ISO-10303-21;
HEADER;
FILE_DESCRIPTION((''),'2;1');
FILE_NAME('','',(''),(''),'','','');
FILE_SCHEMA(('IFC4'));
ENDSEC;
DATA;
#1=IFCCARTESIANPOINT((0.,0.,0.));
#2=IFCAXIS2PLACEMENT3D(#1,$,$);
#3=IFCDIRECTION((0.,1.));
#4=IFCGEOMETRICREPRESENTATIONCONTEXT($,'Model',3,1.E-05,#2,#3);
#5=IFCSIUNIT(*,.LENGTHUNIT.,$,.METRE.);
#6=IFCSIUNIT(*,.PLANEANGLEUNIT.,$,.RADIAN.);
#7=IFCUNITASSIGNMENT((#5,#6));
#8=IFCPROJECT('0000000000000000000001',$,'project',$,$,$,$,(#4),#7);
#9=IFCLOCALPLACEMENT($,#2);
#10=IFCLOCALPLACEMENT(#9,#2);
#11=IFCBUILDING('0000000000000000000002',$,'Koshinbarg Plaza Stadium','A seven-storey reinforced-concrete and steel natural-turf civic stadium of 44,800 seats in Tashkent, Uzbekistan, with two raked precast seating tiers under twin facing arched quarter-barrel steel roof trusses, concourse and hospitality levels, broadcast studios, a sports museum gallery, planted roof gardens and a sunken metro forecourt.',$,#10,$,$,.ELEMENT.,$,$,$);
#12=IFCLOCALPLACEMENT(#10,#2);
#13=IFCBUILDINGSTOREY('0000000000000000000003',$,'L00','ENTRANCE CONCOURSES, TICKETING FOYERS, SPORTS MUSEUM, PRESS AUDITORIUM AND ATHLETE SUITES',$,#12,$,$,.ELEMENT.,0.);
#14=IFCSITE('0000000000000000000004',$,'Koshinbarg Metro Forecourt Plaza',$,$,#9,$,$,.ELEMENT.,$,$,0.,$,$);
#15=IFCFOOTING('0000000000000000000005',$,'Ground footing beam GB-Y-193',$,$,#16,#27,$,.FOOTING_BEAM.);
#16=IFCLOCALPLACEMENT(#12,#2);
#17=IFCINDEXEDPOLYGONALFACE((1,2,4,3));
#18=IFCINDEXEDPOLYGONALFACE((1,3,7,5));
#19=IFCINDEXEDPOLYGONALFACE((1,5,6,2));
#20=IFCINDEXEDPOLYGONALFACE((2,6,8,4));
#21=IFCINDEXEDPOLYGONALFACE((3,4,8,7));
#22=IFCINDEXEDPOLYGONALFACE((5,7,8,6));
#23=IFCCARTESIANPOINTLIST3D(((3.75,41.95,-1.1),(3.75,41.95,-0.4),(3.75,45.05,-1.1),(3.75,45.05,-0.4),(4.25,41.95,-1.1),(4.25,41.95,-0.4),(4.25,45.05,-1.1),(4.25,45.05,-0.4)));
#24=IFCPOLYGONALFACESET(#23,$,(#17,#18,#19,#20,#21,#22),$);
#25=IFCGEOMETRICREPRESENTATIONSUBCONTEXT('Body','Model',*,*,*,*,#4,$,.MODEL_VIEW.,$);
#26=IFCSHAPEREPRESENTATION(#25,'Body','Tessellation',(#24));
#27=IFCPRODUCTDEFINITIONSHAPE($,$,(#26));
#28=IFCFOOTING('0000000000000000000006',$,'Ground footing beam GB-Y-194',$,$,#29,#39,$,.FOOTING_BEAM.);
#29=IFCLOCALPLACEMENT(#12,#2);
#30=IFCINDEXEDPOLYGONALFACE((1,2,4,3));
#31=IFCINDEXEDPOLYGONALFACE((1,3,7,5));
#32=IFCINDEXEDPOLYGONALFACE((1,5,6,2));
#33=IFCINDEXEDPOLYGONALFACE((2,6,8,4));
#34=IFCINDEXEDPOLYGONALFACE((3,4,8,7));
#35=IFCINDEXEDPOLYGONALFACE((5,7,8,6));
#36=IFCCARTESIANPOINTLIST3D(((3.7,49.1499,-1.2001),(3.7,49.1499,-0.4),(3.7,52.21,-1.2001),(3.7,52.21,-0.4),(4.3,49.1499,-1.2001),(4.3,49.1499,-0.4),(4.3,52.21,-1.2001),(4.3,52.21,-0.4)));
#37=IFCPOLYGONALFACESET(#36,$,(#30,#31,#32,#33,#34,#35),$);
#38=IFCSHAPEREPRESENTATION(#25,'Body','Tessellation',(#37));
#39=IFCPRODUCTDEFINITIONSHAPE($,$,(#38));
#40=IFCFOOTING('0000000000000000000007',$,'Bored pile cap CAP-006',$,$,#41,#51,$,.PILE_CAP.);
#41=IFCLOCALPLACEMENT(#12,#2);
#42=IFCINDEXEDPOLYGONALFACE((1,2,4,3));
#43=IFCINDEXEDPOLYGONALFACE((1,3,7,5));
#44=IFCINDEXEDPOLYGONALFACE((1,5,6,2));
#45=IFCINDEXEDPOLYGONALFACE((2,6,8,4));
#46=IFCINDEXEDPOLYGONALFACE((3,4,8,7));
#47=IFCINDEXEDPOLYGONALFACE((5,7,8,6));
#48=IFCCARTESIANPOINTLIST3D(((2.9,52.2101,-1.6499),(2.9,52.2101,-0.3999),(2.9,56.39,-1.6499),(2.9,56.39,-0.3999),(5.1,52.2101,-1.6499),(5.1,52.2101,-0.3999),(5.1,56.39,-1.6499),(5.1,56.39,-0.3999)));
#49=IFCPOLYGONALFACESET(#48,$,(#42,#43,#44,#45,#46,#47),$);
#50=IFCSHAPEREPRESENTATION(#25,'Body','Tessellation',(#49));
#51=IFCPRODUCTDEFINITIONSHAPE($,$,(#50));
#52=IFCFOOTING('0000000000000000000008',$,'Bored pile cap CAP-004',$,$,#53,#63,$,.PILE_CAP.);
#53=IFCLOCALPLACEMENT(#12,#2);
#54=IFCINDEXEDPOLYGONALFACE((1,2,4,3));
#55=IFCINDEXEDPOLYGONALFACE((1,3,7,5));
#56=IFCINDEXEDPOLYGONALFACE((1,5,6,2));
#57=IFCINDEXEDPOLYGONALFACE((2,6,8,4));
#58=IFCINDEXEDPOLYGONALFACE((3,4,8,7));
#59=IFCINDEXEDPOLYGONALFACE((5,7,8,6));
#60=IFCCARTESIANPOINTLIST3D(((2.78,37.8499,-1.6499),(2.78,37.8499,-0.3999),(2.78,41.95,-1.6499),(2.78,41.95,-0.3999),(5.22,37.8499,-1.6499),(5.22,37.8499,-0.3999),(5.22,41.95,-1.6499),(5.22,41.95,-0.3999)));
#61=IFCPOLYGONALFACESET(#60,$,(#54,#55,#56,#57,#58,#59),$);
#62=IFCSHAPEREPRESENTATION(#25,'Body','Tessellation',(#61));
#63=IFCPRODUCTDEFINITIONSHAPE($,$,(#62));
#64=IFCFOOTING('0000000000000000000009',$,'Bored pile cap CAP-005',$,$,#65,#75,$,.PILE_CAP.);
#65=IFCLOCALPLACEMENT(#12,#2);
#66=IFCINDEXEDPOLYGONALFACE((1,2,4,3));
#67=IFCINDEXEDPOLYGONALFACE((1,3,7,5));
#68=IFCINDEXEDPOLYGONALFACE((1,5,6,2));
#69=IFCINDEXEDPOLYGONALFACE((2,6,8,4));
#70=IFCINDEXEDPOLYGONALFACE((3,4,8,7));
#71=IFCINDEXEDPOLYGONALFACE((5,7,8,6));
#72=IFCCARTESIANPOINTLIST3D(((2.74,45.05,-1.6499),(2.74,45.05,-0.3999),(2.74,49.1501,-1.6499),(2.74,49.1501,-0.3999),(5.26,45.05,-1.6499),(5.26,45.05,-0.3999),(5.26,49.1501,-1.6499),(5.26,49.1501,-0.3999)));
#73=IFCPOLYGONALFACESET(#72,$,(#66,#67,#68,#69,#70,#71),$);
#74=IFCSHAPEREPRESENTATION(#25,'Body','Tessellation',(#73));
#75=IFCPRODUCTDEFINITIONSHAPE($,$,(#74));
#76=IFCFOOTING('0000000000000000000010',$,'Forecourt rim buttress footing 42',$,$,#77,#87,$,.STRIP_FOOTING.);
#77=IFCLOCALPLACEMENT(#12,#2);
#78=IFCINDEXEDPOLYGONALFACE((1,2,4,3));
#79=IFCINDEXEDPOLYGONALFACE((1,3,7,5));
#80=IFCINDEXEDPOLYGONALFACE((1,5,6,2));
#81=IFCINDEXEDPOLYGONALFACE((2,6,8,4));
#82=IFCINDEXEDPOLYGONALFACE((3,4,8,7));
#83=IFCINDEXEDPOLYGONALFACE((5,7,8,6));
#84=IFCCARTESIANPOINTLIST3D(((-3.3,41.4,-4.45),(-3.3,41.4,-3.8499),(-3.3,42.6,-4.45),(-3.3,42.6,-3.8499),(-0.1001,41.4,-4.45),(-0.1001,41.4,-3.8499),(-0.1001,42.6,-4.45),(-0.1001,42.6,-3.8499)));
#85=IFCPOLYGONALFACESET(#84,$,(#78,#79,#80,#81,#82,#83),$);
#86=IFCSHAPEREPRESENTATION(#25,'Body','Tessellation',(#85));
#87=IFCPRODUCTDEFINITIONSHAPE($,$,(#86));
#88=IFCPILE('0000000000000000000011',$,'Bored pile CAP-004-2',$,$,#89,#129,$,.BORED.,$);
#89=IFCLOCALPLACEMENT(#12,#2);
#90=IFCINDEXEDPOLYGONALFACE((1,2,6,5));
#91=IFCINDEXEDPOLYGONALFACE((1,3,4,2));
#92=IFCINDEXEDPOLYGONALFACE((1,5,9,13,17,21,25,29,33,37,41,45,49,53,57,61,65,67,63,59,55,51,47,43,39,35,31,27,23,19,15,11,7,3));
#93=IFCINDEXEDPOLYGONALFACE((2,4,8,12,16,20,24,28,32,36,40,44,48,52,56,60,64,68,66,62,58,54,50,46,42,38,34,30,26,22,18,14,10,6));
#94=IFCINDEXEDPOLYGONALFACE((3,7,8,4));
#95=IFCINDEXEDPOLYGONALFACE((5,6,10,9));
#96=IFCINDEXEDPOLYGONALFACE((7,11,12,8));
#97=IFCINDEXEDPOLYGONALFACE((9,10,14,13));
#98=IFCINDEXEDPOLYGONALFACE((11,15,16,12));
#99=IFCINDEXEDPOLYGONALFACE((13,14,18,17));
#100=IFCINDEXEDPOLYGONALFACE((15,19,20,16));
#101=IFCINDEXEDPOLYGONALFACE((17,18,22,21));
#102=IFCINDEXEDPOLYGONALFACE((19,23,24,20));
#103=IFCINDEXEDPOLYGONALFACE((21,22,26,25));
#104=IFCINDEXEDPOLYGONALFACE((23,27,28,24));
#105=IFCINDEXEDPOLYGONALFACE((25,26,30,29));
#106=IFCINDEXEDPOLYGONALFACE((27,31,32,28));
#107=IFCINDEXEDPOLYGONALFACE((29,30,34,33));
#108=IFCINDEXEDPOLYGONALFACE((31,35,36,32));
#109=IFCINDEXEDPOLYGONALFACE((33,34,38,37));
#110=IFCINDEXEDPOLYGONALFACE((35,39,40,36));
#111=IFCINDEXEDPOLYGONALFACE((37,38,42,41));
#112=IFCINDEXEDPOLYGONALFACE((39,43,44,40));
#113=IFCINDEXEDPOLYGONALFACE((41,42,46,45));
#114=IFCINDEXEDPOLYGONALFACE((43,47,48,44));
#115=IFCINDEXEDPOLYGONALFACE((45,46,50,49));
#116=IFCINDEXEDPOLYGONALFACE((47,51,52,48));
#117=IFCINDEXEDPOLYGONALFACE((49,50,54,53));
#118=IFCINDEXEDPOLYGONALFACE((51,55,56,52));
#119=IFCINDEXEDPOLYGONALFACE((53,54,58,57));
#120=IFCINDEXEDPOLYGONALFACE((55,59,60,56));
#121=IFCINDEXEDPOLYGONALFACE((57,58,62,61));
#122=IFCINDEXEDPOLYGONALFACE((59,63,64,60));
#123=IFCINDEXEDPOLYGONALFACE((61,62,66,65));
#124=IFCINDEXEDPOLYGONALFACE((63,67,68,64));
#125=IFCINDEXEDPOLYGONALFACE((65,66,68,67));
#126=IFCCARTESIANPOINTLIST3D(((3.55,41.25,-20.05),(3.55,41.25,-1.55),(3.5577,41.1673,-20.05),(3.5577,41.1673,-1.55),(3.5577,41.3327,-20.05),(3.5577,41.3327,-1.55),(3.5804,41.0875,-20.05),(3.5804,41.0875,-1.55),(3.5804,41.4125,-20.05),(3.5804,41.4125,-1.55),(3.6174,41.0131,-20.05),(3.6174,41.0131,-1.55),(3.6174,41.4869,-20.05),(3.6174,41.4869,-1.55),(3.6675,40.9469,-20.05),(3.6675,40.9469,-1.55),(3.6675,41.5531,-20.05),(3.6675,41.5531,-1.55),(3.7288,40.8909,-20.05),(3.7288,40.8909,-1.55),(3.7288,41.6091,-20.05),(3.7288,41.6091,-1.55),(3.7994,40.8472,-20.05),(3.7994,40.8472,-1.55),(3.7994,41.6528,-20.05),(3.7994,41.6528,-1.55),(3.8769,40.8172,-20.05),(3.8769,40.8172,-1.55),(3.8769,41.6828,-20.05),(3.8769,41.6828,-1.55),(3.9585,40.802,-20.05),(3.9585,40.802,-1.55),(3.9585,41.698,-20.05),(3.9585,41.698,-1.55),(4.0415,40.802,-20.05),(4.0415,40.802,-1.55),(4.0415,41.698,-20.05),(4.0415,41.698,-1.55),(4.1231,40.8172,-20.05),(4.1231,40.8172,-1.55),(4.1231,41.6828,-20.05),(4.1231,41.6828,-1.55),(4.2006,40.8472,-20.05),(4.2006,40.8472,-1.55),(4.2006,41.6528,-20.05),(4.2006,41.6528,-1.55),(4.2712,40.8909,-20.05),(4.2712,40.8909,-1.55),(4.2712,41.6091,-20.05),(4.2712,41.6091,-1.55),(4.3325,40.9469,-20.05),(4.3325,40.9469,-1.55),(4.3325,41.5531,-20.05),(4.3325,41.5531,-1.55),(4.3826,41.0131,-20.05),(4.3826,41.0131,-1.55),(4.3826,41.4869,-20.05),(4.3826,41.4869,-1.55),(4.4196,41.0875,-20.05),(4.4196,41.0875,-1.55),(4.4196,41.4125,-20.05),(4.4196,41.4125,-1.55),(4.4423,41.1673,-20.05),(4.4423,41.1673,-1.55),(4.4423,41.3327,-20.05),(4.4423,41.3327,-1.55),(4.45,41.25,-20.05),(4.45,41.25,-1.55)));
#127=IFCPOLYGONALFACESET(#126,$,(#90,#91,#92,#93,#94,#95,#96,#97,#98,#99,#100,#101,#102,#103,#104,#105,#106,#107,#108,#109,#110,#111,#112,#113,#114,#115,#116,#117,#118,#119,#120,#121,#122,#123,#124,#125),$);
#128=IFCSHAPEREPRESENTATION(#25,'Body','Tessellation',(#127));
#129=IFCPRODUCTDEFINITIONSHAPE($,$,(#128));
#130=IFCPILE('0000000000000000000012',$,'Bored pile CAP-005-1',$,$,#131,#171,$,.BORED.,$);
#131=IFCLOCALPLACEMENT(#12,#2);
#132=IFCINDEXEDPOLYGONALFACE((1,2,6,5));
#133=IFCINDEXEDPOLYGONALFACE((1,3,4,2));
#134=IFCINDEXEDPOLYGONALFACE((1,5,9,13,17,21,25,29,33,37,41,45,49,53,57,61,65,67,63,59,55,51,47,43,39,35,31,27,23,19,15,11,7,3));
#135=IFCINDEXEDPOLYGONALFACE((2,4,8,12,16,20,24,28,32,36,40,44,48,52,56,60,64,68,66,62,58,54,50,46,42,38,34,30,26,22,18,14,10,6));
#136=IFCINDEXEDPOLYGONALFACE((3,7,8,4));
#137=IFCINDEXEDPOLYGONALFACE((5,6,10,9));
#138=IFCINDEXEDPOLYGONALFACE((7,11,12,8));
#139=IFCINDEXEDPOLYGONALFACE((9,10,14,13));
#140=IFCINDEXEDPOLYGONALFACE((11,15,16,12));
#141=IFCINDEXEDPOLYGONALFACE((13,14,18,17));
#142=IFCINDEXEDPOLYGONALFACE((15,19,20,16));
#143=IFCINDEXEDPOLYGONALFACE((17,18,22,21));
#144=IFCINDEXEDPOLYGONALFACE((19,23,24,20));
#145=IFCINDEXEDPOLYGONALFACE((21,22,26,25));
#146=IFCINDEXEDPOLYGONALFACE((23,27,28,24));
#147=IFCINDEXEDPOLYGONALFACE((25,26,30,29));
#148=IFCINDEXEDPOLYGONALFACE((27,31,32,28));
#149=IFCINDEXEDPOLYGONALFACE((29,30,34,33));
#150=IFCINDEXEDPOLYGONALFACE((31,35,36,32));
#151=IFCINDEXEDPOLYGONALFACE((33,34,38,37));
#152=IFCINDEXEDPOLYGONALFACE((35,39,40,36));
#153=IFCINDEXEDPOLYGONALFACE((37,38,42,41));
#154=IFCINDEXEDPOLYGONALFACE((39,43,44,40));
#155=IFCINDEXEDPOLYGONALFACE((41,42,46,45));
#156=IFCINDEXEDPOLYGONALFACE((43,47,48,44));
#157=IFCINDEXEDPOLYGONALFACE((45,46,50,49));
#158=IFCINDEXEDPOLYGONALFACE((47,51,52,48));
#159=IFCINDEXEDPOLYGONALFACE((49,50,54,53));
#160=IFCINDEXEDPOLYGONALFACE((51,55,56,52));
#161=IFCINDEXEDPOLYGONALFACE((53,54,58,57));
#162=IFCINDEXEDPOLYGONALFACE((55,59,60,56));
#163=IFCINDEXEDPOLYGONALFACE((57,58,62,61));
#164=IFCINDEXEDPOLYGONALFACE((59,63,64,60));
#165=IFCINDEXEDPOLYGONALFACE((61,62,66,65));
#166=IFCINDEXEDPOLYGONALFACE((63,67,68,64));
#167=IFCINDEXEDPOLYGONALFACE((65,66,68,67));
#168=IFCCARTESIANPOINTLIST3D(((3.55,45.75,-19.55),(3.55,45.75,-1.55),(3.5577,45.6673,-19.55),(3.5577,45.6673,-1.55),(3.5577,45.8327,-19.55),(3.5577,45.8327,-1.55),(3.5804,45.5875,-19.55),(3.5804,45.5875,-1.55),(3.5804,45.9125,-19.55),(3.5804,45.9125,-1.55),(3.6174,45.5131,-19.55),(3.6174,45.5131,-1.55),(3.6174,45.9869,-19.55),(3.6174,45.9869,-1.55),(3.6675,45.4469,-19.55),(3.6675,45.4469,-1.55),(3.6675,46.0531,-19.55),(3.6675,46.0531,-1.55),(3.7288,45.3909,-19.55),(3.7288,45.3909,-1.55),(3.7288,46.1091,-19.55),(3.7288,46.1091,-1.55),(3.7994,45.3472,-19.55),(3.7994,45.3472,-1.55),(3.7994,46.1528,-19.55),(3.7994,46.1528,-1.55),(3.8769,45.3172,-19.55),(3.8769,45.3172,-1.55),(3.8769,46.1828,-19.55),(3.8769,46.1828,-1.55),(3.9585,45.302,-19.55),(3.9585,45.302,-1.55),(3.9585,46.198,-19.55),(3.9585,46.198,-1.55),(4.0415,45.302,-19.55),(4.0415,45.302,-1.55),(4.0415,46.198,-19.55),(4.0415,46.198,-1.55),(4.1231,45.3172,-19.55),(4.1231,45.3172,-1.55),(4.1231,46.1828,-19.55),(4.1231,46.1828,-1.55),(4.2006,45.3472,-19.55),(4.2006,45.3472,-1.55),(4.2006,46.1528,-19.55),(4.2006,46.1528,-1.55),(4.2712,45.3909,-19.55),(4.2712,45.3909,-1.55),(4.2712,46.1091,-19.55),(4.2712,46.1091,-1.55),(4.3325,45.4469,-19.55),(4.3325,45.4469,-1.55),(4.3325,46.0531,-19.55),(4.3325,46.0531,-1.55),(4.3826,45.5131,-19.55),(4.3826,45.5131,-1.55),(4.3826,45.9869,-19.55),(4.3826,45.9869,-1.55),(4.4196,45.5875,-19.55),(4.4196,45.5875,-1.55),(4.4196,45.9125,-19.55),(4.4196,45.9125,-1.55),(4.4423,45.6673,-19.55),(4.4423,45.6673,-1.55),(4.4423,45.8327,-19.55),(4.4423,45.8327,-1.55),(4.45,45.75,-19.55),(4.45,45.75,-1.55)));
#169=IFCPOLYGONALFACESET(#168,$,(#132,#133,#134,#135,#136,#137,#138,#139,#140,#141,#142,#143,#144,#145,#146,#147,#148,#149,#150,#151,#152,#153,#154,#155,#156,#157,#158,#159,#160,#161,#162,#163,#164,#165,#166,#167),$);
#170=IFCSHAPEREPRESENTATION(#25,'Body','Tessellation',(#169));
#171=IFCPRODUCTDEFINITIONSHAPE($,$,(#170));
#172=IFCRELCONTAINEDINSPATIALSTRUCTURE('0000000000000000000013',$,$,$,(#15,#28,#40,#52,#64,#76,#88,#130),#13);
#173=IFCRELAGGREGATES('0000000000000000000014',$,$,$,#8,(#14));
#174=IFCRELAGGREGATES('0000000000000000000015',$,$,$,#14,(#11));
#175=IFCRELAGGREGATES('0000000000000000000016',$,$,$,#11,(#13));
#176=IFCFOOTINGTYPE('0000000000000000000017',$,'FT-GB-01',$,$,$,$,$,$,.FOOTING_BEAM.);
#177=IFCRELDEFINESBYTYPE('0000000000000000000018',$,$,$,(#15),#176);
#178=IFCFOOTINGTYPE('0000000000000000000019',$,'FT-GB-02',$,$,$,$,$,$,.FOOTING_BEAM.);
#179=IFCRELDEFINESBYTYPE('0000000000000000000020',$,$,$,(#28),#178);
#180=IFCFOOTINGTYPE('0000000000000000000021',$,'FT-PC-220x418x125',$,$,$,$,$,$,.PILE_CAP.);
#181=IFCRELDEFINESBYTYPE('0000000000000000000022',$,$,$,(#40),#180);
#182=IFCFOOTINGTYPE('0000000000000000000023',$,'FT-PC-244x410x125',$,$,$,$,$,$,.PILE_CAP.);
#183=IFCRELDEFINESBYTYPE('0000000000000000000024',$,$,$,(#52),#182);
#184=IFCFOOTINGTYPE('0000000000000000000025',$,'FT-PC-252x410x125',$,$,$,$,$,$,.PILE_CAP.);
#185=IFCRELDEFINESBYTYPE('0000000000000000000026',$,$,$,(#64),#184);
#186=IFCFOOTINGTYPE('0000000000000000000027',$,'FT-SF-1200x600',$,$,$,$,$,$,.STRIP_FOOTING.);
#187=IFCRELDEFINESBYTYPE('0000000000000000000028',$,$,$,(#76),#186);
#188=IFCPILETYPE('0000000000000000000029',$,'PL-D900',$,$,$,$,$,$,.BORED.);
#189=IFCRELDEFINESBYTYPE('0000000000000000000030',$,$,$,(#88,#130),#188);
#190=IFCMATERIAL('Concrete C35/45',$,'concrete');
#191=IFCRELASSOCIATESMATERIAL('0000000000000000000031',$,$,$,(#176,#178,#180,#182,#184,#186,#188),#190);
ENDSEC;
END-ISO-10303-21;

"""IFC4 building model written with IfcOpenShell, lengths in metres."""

from ifc_helpers import new_model, si_unit, direction, frame, origin, origin_2d, place, context, subcontext, project, spatial, rectangle, circle, extrude, material, material_profile, profile_set, type_object, element, save


model = new_model("IFC4")

# Units and contexts
model_context = context("Model", 3, precision=1e-05, world=origin(), true_north=direction((0.0, 1.0)))
body_context = subcontext(model_context, "Body", "Model", "MODEL_VIEW")
ifc_project = project(units=[si_unit("LENGTHUNIT", "METRE"), si_unit("PLANEANGLEUNIT", "RADIAN")], contexts=[model_context])

# Site, building, storey
site_placement = place(None, origin())
site = spatial("IfcSite", under=ifc_project, at=site_placement, Name="Koshinbarg Metro Forecourt Plaza", CompositionType="ELEMENT", RefElevation=0.0)
building_placement = place(site_placement, origin())
building = spatial("IfcBuilding", under=site, at=building_placement, Name="Koshinbarg Plaza Stadium", Description="A seven-storey reinforced-concrete and steel natural-turf civic stadium of 44,800 seats in Tashkent, Uzbekistan, with two raked precast seating tiers under twin facing arched quarter-barrel steel roof trusses, concourse and hospitality levels, broadcast studios, a sports museum gallery, planted roof gardens and a sunken metro forecourt.", CompositionType="ELEMENT")
storey_placement = place(building_placement, origin())
storey = spatial("IfcBuildingStorey", under=building, at=storey_placement, Name="L00", Description="ENTRANCE CONCOURSES, TICKETING FOYERS, SPORTS MUSEUM, PRESS AUDITORIUM AND ATHLETE SUITES", CompositionType="ELEMENT", Elevation=0.0)

# Footings
ifc_material_1 = material(Name="Concrete C35/45", Category="concrete")
ifc_material_profile_1 = material_profile(ifc_material_1, rectangle(XDim=0.5, YDim=0.7, at=origin_2d()), Name="GB 500x700")
ifc_profile_set_1 = profile_set([ifc_material_profile_1], Name="Concrete C35/45")
footing_type_1 = type_object("IfcFootingType", Name="FT-GB-01", PredefinedType="FOOTING_BEAM", material=ifc_profile_set_1)
footing_1_placement = place(storey_placement, frame((4.0, 41.95, -0.75), z_axis=(0.0, 1.0, 0.0), x_axis=(-1.0, 0.0, 0.0)))
element("IfcFooting", 1, at=footing_1_placement, inside=storey, type_object=footing_type_1, Name="Ground footing beam GB-Y-193", PredefinedType="FOOTING_BEAM", context=body_context, shape_type="SweptSolid", body=[
    extrude(rectangle(XDim=0.5, YDim=0.7, at=origin_2d()), origin(), (0.0, 0.0, 1.0), 3.1001),
])
ifc_material_profile_2 = material_profile(ifc_material_1, rectangle(XDim=0.6001, YDim=0.8, at=origin_2d()), Name="GB 600x800")
ifc_profile_set_2 = profile_set([ifc_material_profile_2], Name="Concrete C35/45")
footing_type_2 = type_object("IfcFootingType", Name="FT-GB-02", PredefinedType="FOOTING_BEAM", material=ifc_profile_set_2)
footing_2_placement = place(storey_placement, frame((4.0, 49.1499, -0.8), z_axis=(0.0, 1.0, 0.0), x_axis=(-1.0, 0.0, 0.0)))
element("IfcFooting", 2, at=footing_2_placement, inside=storey, type_object=footing_type_2, Name="Ground footing beam GB-Y-194", PredefinedType="FOOTING_BEAM", context=body_context, shape_type="SweptSolid", body=[
    extrude(rectangle(XDim=0.6001, YDim=0.8, at=origin_2d()), origin(), (0.0, 0.0, 1.0), 3.0601),
])
footing_type_3 = type_object("IfcFootingType", Name="FT-PC-220x418x125", PredefinedType="PILE_CAP", material=ifc_material_1)
footing_3_placement = place(storey_placement, frame((4.0, 54.3, -1.6499), z_axis=(0.0, 0.0, 1.0), x_axis=(1.0, 0.0, 0.0)))
element("IfcFooting", 3, at=footing_3_placement, inside=storey, type_object=footing_type_3, Name="Bored pile cap CAP-006", PredefinedType="PILE_CAP", context=body_context, shape_type="SweptSolid", body=[
    extrude(rectangle(XDim=2.2, YDim=4.1799, at=origin_2d()), origin(), (0.0, 0.0, 1.0), 1.25),
])
footing_type_4 = type_object("IfcFootingType", Name="FT-PC-244x410x125", PredefinedType="PILE_CAP", material=ifc_material_1)
footing_4_placement = place(storey_placement, frame((4.0, 39.8999, -1.6499), z_axis=(0.0, 0.0, 1.0), x_axis=(1.0, 0.0, 0.0)))
element("IfcFooting", 4, at=footing_4_placement, inside=storey, type_object=footing_type_4, Name="Bored pile cap CAP-004", PredefinedType="PILE_CAP", context=body_context, shape_type="SweptSolid", body=[
    extrude(rectangle(XDim=2.4399, YDim=4.1001, at=origin_2d()), origin(), (0.0, 0.0, 1.0), 1.25),
])
footing_type_5 = type_object("IfcFootingType", Name="FT-PC-252x410x125", PredefinedType="PILE_CAP", material=ifc_material_1)
footing_5_placement = place(storey_placement, frame((4.0, 47.1001, -1.6499), z_axis=(0.0, 0.0, 1.0), x_axis=(1.0, 0.0, 0.0)))
element("IfcFooting", 5, at=footing_5_placement, inside=storey, type_object=footing_type_5, Name="Bored pile cap CAP-005", PredefinedType="PILE_CAP", context=body_context, shape_type="SweptSolid", body=[
    extrude(rectangle(XDim=2.52, YDim=4.1001, at=origin_2d()), origin(), (0.0, 0.0, 1.0), 1.25),
])
ifc_material_profile_3 = material_profile(ifc_material_1, rectangle(XDim=1.2, YDim=0.6001, at=origin_2d()), Name="SF 1200x600")
ifc_profile_set_3 = profile_set([ifc_material_profile_3], Name="Concrete C35/45")
footing_type_6 = type_object("IfcFootingType", Name="FT-SF-1200x600", PredefinedType="STRIP_FOOTING", material=ifc_profile_set_3)
footing_6_placement = place(storey_placement, frame((-3.3, 42.0, -4.1499), z_axis=(1.0, 0.0, 0.0), x_axis=(0.0, 1.0, 0.0)))
element("IfcFooting", 6, at=footing_6_placement, inside=storey, type_object=footing_type_6, Name="Forecourt rim buttress footing 42", PredefinedType="STRIP_FOOTING", context=body_context, shape_type="SweptSolid", body=[
    extrude(rectangle(XDim=1.2, YDim=0.6001, at=origin_2d()), origin(), (0.0, 0.0, 1.0), 3.2),
])

# Piles
ifc_material_profile_4 = material_profile(ifc_material_1, circle(Radius=0.45, at=origin_2d()), Name="PILE D900")
ifc_profile_set_4 = profile_set([ifc_material_profile_4], Name="Concrete C35/45")
pile_type = type_object("IfcPileType", Name="PL-D900", PredefinedType="BORED", material=ifc_profile_set_4)
pile_placement = place(storey_placement, frame((4.0, 41.25, -1.55), z_axis=(0.0, 0.0, -1.0), x_axis=(1.0, 0.0, 0.0)))
element("IfcPile", 7, at=pile_placement, inside=storey, type_object=pile_type, Name="Bored pile CAP-004-2", PredefinedType="BORED", context=body_context, shape_type="SweptSolid", body=[
    extrude(circle(Radius=0.45, at=origin_2d()), origin(), (0.0, 0.0, 1.0), 18.5),
])
for number, where, z_axis, x_axis, name in (
    (8, (4.0, 45.75, -1.55), (0.0, 0.0, -1.0), (1.0, 0.0, 0.0), "Bored pile CAP-005-1"),
):
    element("IfcPile", number, at=place(storey_placement, frame(where, z_axis=z_axis, x_axis=x_axis)), inside=storey, type_object=pile_type, Name=name, PredefinedType="BORED", context=body_context, shape_type="SweptSolid", body=[
        extrude(circle(Radius=0.45, at=origin_2d()), origin(), (0.0, 0.0, 1.0), 18.0),
    ])

save(model, "model.ifc")
